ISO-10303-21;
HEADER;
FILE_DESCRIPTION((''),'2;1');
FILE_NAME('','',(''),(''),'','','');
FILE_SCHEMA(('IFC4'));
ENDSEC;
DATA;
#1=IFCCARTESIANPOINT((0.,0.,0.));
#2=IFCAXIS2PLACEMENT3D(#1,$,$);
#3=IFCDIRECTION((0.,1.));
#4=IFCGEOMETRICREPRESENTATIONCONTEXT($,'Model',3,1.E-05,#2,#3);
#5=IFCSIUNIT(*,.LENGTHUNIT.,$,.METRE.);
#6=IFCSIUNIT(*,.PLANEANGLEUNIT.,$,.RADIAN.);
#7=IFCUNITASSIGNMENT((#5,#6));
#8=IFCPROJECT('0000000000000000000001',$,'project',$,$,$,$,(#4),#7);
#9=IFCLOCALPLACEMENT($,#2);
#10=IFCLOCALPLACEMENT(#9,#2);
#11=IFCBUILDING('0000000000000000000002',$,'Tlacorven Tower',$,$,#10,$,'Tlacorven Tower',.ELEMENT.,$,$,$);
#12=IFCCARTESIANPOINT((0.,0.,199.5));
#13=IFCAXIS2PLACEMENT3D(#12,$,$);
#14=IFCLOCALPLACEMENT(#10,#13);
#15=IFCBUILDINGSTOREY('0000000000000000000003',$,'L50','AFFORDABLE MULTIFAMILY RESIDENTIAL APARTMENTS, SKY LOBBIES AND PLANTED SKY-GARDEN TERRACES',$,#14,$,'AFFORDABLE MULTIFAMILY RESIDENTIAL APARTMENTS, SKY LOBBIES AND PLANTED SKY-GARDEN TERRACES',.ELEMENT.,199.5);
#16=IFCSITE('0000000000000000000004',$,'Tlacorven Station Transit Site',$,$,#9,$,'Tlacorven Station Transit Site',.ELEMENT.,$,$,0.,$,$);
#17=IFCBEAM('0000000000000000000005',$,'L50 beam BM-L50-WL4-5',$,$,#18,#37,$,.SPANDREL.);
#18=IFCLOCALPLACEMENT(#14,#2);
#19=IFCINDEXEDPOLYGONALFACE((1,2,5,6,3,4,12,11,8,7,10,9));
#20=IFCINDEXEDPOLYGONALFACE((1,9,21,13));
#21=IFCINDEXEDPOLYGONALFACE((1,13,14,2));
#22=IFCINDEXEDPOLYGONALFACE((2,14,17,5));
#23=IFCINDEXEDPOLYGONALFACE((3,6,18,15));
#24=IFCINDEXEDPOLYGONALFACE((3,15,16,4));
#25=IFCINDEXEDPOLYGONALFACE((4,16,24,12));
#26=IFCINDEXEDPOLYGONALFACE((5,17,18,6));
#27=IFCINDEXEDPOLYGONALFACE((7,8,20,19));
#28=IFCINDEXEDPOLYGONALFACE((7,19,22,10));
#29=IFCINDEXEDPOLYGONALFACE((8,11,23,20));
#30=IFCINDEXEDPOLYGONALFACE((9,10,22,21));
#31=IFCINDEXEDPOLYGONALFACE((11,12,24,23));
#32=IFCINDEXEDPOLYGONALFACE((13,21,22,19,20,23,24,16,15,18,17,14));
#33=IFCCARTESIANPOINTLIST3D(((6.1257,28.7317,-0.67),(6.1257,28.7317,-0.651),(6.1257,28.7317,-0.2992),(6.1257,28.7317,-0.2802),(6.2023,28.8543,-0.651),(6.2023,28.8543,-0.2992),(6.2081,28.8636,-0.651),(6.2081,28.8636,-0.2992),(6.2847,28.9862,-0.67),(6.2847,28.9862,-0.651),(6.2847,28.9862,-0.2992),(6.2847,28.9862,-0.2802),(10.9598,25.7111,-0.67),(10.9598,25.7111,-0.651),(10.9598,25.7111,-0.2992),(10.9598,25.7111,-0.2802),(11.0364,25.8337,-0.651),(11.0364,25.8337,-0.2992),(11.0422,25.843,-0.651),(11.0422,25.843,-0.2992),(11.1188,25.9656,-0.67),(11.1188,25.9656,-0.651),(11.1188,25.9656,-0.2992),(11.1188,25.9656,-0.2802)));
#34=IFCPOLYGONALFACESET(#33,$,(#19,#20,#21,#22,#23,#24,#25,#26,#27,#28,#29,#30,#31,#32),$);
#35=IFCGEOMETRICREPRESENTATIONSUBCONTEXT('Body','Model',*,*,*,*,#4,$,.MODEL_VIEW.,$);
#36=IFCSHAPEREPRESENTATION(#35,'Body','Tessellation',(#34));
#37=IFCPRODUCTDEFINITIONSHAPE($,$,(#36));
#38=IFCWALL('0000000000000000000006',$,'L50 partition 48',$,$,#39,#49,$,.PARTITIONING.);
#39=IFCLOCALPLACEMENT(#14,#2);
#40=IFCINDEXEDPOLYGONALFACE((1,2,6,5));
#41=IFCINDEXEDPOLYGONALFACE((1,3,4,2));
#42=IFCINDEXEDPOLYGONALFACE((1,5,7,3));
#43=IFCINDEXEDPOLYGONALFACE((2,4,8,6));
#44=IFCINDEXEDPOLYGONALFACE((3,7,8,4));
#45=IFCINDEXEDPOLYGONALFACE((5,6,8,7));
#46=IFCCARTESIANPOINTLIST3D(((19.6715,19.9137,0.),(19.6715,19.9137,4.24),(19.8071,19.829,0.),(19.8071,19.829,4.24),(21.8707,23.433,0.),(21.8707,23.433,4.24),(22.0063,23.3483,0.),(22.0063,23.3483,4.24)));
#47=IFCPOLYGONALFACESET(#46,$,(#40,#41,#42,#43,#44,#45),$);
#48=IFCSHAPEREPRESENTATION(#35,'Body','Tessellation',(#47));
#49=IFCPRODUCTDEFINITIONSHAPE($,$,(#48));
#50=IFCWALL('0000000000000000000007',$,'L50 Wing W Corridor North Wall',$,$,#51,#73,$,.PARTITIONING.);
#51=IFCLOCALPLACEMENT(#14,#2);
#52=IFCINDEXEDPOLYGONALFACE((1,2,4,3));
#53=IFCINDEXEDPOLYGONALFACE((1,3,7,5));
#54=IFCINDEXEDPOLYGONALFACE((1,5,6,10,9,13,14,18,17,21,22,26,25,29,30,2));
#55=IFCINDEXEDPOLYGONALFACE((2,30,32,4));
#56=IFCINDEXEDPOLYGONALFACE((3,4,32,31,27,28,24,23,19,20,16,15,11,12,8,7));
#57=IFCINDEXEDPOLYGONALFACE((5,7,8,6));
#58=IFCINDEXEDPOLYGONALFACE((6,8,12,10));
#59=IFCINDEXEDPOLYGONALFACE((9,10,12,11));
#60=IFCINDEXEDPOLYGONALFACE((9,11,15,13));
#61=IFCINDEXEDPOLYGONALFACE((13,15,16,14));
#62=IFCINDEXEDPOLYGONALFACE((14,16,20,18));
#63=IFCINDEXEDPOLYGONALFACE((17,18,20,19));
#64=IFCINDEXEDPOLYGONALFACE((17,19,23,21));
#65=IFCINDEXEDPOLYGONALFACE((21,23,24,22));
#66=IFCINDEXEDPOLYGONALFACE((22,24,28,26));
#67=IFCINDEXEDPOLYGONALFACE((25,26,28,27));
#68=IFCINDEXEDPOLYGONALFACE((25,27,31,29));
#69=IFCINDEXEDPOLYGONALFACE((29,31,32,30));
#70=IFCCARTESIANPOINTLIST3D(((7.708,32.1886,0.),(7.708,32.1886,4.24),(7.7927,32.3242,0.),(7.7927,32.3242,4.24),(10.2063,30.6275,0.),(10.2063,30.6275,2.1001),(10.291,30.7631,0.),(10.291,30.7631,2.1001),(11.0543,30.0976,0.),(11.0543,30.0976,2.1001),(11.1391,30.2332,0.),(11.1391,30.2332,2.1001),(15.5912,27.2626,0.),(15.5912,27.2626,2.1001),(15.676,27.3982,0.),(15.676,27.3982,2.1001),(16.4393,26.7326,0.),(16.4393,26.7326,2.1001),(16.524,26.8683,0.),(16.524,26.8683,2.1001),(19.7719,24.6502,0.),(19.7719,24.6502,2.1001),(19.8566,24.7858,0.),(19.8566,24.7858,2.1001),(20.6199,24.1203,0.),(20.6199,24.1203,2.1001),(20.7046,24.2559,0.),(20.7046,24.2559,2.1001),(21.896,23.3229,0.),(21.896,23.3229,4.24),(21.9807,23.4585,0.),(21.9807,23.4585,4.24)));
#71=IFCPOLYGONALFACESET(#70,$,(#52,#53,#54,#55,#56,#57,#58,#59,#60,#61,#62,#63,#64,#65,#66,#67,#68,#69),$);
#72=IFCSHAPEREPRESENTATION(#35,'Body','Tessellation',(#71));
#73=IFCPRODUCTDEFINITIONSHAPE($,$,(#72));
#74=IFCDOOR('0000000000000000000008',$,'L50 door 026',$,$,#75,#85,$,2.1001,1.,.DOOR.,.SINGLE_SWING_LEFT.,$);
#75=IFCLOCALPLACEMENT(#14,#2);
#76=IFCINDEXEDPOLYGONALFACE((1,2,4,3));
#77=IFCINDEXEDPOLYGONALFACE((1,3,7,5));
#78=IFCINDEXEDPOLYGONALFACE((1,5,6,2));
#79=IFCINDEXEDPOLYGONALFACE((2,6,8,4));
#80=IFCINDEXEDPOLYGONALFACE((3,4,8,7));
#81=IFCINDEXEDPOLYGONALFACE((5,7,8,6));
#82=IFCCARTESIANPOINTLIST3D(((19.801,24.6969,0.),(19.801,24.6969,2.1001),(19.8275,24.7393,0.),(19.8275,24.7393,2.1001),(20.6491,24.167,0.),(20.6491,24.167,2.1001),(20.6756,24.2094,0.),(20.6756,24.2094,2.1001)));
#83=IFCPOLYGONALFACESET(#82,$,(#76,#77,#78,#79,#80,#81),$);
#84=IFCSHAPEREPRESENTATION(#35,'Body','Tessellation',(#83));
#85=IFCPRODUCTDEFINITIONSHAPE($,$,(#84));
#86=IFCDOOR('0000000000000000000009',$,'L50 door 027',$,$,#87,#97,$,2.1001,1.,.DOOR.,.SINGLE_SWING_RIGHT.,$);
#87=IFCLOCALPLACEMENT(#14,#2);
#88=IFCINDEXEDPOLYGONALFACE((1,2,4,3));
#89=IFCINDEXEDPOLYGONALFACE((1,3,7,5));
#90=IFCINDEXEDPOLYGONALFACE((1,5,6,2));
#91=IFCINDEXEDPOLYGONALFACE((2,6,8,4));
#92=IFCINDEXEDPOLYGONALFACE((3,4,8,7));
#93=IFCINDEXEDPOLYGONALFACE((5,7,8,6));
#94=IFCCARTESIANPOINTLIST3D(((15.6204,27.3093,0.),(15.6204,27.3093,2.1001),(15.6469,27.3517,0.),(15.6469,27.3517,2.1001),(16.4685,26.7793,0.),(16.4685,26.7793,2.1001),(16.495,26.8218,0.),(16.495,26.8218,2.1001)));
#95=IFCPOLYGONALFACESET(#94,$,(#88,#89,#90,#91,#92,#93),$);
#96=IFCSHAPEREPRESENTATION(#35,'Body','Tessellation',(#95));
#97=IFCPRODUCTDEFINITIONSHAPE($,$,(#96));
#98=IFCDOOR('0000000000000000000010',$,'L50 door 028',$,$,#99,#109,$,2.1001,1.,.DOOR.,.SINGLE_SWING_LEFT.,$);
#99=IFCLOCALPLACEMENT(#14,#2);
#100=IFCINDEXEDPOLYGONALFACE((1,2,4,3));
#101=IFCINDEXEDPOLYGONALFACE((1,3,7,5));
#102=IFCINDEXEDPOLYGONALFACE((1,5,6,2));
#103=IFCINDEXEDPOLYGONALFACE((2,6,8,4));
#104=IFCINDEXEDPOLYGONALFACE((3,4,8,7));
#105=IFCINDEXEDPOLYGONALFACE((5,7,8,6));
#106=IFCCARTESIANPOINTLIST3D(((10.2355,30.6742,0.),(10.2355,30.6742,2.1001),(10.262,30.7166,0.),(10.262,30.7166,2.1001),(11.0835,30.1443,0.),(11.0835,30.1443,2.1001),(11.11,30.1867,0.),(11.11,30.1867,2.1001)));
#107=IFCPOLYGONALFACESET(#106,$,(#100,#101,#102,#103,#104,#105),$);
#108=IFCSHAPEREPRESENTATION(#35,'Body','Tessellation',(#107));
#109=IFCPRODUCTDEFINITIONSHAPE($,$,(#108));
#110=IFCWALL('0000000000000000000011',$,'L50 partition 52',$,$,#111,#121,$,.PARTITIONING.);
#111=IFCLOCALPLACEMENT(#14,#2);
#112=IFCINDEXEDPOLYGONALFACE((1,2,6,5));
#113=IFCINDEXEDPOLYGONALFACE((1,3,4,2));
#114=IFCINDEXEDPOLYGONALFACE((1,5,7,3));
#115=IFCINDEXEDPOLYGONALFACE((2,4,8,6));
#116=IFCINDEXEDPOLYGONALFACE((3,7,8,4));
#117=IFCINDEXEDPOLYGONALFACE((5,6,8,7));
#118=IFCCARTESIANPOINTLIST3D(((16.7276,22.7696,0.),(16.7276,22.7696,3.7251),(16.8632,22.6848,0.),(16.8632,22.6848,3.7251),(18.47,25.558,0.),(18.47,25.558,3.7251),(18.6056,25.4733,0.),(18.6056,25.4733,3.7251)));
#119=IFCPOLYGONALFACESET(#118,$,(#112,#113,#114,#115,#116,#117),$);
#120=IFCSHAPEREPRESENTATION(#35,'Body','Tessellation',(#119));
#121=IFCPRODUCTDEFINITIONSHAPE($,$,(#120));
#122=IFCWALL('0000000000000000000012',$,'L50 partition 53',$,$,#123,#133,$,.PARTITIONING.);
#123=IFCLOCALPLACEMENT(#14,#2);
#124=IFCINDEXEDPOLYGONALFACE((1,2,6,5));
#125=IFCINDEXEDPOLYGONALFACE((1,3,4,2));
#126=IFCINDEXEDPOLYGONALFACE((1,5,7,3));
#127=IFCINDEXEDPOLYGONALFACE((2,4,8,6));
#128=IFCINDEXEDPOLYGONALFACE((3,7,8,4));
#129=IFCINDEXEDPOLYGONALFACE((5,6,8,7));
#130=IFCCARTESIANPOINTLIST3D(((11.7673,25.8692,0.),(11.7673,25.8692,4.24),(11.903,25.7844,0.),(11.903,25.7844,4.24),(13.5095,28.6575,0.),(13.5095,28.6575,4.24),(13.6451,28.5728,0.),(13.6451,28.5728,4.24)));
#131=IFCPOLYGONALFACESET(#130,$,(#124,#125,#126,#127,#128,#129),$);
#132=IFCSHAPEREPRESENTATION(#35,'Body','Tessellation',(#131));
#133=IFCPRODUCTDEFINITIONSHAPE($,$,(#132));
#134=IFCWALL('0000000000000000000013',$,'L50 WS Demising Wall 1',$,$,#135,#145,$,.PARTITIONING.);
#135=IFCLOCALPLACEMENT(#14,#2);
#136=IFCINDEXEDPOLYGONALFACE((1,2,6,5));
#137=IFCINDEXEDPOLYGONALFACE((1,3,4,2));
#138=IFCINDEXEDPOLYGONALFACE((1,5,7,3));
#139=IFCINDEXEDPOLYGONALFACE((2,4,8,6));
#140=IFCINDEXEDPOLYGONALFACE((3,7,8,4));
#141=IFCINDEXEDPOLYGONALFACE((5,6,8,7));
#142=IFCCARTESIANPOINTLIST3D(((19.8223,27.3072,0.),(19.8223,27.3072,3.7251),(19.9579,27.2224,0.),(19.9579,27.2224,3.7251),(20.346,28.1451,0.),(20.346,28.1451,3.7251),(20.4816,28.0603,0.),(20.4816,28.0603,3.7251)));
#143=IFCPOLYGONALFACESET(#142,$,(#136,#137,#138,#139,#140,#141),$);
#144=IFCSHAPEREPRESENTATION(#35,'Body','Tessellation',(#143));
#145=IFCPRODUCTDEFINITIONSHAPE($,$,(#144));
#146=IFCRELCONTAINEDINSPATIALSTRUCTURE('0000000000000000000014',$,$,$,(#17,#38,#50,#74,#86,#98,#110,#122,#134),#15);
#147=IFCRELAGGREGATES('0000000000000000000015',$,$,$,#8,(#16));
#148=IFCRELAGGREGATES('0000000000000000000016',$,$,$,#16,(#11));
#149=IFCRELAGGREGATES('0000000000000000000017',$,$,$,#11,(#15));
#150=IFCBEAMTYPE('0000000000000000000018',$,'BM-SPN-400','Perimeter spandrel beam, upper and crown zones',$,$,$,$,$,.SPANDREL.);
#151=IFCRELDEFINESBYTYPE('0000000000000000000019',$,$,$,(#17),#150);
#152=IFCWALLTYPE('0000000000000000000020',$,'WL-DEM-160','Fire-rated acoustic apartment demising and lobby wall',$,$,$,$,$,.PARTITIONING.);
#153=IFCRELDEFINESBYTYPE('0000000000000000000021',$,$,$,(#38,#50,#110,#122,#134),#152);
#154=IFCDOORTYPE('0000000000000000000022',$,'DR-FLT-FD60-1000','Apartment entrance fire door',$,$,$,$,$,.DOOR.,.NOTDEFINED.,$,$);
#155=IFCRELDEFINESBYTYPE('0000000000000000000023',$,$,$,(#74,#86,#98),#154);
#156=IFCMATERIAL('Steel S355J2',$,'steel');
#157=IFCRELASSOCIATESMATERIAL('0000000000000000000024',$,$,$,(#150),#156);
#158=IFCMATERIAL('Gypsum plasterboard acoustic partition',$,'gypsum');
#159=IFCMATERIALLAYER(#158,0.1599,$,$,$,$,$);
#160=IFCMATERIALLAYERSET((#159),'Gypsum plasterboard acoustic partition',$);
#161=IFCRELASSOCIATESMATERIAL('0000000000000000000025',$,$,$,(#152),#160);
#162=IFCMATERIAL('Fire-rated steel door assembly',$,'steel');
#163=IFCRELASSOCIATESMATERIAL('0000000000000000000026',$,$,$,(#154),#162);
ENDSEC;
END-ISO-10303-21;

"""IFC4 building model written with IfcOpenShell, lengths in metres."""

from ifc_helpers import new_model, si_unit, direction, frame, frame_2d, origin, origin_2d, place, context, subcontext, project, spatial, rectangle, i_section, extrude, source, transform, mapped, material, layer, layer_set, material_profile, profile_set, type_object, element, fill, save


model = new_model("IFC4")

# Units and contexts
model_context = context("Model", 3, precision=1e-05, world=origin(), true_north=direction((0.0, 1.0)))
body_context = subcontext(model_context, "Body", "Model", "MODEL_VIEW")
ifc_project = project(units=[si_unit("LENGTHUNIT", "METRE"), si_unit("PLANEANGLEUNIT", "RADIAN")], contexts=[model_context])

# Site, building, storey
site_placement = place(None, origin())
site = spatial("IfcSite", under=ifc_project, at=site_placement, Name="Tlacorven Station Transit Site", LongName="Tlacorven Station Transit Site", CompositionType="ELEMENT", RefElevation=0.0)
building_placement = place(site_placement, origin())
building = spatial("IfcBuilding", under=site, at=building_placement, Name="Tlacorven Tower", LongName="Tlacorven Tower", CompositionType="ELEMENT")
storey_placement = place(building_placement, frame((0.0, 0.0, 199.5)))
storey = spatial("IfcBuildingStorey", under=building, at=storey_placement, Name="L50", Description="AFFORDABLE MULTIFAMILY RESIDENTIAL APARTMENTS, SKY LOBBIES AND PLANTED SKY-GARDEN TERRACES", LongName="AFFORDABLE MULTIFAMILY RESIDENTIAL APARTMENTS, SKY LOBBIES AND PLANTED SKY-GARDEN TERRACES", CompositionType="ELEMENT", Elevation=199.5)

# Beam
ifc_material_1 = material(Name="Steel S355J2", Category="steel")
ifc_material_profile_1 = material_profile(ifc_material_1, i_section(OverallWidth=0.3, OverallDepth=0.3899, WebThickness=0.011, FlangeThickness=0.019, at=origin_2d()), Name="HEA 400")
ifc_profile_set_1 = profile_set([ifc_material_profile_1], Name="Steel S355J2")
beam_type_1 = type_object("IfcBeamType", Name="BM-SPN-400", Description="Perimeter spandrel beam, upper and crown zones", PredefinedType="SPANDREL", material=ifc_profile_set_1)
shared_shape_1 = source(origin(), body_context, "Body", "SweptSolid", [
    extrude(i_section(OverallWidth=0.3, OverallDepth=0.3899, WebThickness=0.011, FlangeThickness=0.019, at=origin_2d()), origin(), (0.0, 0.0, 1.0), 5.7002),
])
beam_placement = place(storey_placement, frame((11.0393, 25.8384, -0.4751), z_axis=(-0.848056, 0.529907, 0.0), x_axis=(-0.529907, -0.848056, 0.0)))
element("IfcBeam", 1, at=beam_placement, inside=storey, type_object=beam_type_1, Name="L50 beam BM-L50-WL4-5", PredefinedType="SPANDREL", context=body_context, shape_type="MappedRepresentation", body=[
    mapped(shared_shape_1, transform((0.0, 0.0, 0.0), scale=1.0)),
])

# Wall
ifc_material_2 = material(Name="Gypsum plasterboard acoustic partition", Category="gypsum")
ifc_layer_1 = layer(ifc_material_2, 0.1599)
ifc_layer_set_1 = layer_set([ifc_layer_1], Name="Gypsum plasterboard acoustic partition")
wall_type_1 = type_object("IfcWallType", Name="WL-DEM-160", Description="Fire-rated acoustic apartment demising and lobby wall", PredefinedType="PARTITIONING", material=ifc_layer_set_1)
wall_1_placement = place(storey_placement, frame((21.9385, 23.3906, 0.0), z_axis=(0.0, 0.0, 1.0), x_axis=(-0.529941, -0.848035, 0.0)))
element("IfcWall", 2, at=wall_1_placement, inside=storey, type_object=wall_type_1, Name="L50 partition 48", PredefinedType="PARTITIONING", context=body_context, shape_type="SweptSolid", body=[
    extrude(rectangle(XDim=4.1499, YDim=0.1599, at=frame_2d((2.075, 0.0))), origin(), (0.0, 0.0, 1.0), 4.24),
])

# Wall, openings, doors
wall_2_placement = place(storey_placement, frame((21.9385, 23.3906, 0.0), z_axis=(0.0, 0.0, 1.0), x_axis=(-0.848046, 0.529923, 0.0)))
wall_2 = element("IfcWall", 3, at=wall_2_placement, inside=storey, type_object=wall_type_1, Name="L50 Wing W Corridor North Wall", PredefinedType="PARTITIONING", context=body_context, shape_type="SweptSolid", body=[
    extrude(rectangle(XDim=16.7302, YDim=0.1599, at=frame_2d((8.3652, 0.0))), origin(), (0.0, 0.0, 1.0), 4.24),
])
opening_1_placement = place(wall_2_placement, frame((1.5049, 0.0, 0.0)))
opening_1 = element("IfcOpeningElement", 4, at=opening_1_placement, cuts=wall_2, PredefinedType="OPENING", context=body_context, shape_type="SweptSolid", body=[
    extrude(rectangle(XDim=1.0, YDim=2.1001, at=frame_2d((0.5, 1.05))), frame((0.0, 0.0898, 0.0), z_axis=(0.0, -1.0, 0.0), x_axis=(1.0, 0.0, 0.0)), (0.0, 0.0, 1.0), 0.1799),
])
opening_2_placement = place(wall_2_placement, frame((6.4346, 0.0, 0.0)))
opening_2 = element("IfcOpeningElement", 5, at=opening_2_placement, cuts=wall_2, PredefinedType="OPENING", context=body_context, shape_type="SweptSolid", body=[
    extrude(rectangle(XDim=1.0, YDim=2.1001, at=frame_2d((0.5, 1.05))), frame((0.0, 0.0898, 0.0), z_axis=(0.0, -1.0, 0.0), x_axis=(1.0, 0.0, 0.0)), (0.0, 0.0, 1.0), 0.1799),
])
opening_3_placement = place(wall_2_placement, frame((12.7844, 0.0, 0.0)))
opening_3 = element("IfcOpeningElement", 6, at=opening_3_placement, cuts=wall_2, PredefinedType="OPENING", context=body_context, shape_type="SweptSolid", body=[
    extrude(rectangle(XDim=1.0, YDim=2.1001, at=frame_2d((0.5, 1.05))), frame((0.0, 0.0898, 0.0), z_axis=(0.0, -1.0, 0.0), x_axis=(1.0, 0.0, 0.0)), (0.0, 0.0, 1.0), 0.1799),
])
ifc_material_3 = material(Name="Fire-rated steel door assembly", Category="steel")
door_type_1 = type_object("IfcDoorType", Name="DR-FLT-FD60-1000", Description="Apartment entrance fire door", OperationType="NOTDEFINED", PredefinedType="DOOR", material=ifc_material_3)
shared_shape_2 = source(origin(), body_context, "Body", "SweptSolid", [
    extrude(rectangle(XDim=1.0, YDim=2.1001, at=frame_2d((0.5, 1.05))), frame((0.0, 0.0249, 0.0), z_axis=(0.0, -1.0, 0.0), x_axis=(1.0, 0.0, 0.0)), (0.0, 0.0, 1.0), 0.05),
])
door_1_placement = place(opening_1_placement, origin())
door_1 = element("IfcDoor", 7, at=door_1_placement, inside=storey, type_object=door_type_1, Name="L50 door 026", OperationType="SINGLE_SWING_LEFT", OverallHeight=2.1001, OverallWidth=1.0, PredefinedType="DOOR", context=body_context, shape_type="MappedRepresentation", body=[
    mapped(shared_shape_2, transform((0.0, 0.0, 0.0), scale=1.0)),
])
fill(opening_1, door_1)
door_2_placement = place(opening_2_placement, origin())
door_2 = element("IfcDoor", 8, at=door_2_placement, inside=storey, type_object=door_type_1, Name="L50 door 027", OperationType="SINGLE_SWING_RIGHT", OverallHeight=2.1001, OverallWidth=1.0, PredefinedType="DOOR", context=body_context, shape_type="MappedRepresentation", body=[
    mapped(shared_shape_2, transform((0.0, 0.0, 0.0), scale=1.0)),
])
fill(opening_2, door_2)
door_3_placement = place(opening_3_placement, origin())
door_3 = element("IfcDoor", 9, at=door_3_placement, inside=storey, type_object=door_type_1, Name="L50 door 028", OperationType="SINGLE_SWING_LEFT", OverallHeight=2.1001, OverallWidth=1.0, PredefinedType="DOOR", context=body_context, shape_type="MappedRepresentation", body=[
    mapped(shared_shape_2, transform((0.0, 0.0, 0.0), scale=1.0)),
])
fill(opening_3, door_3)

# Walls
wall_3_placement = place(storey_placement, frame((18.5378, 25.5156, 0.0), z_axis=(0.0, 0.0, 1.0), x_axis=(-0.529939, -0.848036, 0.0)))
element("IfcWall", 10, at=wall_3_placement, inside=storey, type_object=wall_type_1, Name="L50 partition 52", PredefinedType="PARTITIONING", context=body_context, shape_type="SweptSolid", body=[
    extrude(rectangle(XDim=3.2881, YDim=0.1599, at=frame_2d((1.644, 0.0))), origin(), (0.0, 0.0, 1.0), 3.7251),
])
wall_4_placement = place(storey_placement, frame((13.5774, 28.6152, 0.0), z_axis=(0.0, 0.0, 1.0), x_axis=(-0.529885, -0.848069, 0.0)))
element("IfcWall", 11, at=wall_4_placement, inside=storey, type_object=wall_type_1, Name="L50 partition 53", PredefinedType="PARTITIONING", context=body_context, shape_type="SweptSolid", body=[
    extrude(rectangle(XDim=3.2878, YDim=0.1599, at=frame_2d((1.644, 0.0))), origin(), (0.0, 0.0, 1.0), 4.24),
])
wall_5_placement = place(storey_placement, frame((20.4138, 28.1028, 0.0), z_axis=(0.0, 0.0, 1.0), x_axis=(-0.529999, -0.847998, 0.0)))
element("IfcWall", 12, at=wall_5_placement, inside=storey, type_object=wall_type_1, Name="L50 WS Demising Wall 1", PredefinedType="PARTITIONING", context=body_context, shape_type="SweptSolid", body=[
    extrude(rectangle(XDim=0.988, YDim=0.1599, at=frame_2d((0.4941, 0.0))), origin(), (0.0, 0.0, 1.0), 3.7251),
])

save(model, "model.ifc")
